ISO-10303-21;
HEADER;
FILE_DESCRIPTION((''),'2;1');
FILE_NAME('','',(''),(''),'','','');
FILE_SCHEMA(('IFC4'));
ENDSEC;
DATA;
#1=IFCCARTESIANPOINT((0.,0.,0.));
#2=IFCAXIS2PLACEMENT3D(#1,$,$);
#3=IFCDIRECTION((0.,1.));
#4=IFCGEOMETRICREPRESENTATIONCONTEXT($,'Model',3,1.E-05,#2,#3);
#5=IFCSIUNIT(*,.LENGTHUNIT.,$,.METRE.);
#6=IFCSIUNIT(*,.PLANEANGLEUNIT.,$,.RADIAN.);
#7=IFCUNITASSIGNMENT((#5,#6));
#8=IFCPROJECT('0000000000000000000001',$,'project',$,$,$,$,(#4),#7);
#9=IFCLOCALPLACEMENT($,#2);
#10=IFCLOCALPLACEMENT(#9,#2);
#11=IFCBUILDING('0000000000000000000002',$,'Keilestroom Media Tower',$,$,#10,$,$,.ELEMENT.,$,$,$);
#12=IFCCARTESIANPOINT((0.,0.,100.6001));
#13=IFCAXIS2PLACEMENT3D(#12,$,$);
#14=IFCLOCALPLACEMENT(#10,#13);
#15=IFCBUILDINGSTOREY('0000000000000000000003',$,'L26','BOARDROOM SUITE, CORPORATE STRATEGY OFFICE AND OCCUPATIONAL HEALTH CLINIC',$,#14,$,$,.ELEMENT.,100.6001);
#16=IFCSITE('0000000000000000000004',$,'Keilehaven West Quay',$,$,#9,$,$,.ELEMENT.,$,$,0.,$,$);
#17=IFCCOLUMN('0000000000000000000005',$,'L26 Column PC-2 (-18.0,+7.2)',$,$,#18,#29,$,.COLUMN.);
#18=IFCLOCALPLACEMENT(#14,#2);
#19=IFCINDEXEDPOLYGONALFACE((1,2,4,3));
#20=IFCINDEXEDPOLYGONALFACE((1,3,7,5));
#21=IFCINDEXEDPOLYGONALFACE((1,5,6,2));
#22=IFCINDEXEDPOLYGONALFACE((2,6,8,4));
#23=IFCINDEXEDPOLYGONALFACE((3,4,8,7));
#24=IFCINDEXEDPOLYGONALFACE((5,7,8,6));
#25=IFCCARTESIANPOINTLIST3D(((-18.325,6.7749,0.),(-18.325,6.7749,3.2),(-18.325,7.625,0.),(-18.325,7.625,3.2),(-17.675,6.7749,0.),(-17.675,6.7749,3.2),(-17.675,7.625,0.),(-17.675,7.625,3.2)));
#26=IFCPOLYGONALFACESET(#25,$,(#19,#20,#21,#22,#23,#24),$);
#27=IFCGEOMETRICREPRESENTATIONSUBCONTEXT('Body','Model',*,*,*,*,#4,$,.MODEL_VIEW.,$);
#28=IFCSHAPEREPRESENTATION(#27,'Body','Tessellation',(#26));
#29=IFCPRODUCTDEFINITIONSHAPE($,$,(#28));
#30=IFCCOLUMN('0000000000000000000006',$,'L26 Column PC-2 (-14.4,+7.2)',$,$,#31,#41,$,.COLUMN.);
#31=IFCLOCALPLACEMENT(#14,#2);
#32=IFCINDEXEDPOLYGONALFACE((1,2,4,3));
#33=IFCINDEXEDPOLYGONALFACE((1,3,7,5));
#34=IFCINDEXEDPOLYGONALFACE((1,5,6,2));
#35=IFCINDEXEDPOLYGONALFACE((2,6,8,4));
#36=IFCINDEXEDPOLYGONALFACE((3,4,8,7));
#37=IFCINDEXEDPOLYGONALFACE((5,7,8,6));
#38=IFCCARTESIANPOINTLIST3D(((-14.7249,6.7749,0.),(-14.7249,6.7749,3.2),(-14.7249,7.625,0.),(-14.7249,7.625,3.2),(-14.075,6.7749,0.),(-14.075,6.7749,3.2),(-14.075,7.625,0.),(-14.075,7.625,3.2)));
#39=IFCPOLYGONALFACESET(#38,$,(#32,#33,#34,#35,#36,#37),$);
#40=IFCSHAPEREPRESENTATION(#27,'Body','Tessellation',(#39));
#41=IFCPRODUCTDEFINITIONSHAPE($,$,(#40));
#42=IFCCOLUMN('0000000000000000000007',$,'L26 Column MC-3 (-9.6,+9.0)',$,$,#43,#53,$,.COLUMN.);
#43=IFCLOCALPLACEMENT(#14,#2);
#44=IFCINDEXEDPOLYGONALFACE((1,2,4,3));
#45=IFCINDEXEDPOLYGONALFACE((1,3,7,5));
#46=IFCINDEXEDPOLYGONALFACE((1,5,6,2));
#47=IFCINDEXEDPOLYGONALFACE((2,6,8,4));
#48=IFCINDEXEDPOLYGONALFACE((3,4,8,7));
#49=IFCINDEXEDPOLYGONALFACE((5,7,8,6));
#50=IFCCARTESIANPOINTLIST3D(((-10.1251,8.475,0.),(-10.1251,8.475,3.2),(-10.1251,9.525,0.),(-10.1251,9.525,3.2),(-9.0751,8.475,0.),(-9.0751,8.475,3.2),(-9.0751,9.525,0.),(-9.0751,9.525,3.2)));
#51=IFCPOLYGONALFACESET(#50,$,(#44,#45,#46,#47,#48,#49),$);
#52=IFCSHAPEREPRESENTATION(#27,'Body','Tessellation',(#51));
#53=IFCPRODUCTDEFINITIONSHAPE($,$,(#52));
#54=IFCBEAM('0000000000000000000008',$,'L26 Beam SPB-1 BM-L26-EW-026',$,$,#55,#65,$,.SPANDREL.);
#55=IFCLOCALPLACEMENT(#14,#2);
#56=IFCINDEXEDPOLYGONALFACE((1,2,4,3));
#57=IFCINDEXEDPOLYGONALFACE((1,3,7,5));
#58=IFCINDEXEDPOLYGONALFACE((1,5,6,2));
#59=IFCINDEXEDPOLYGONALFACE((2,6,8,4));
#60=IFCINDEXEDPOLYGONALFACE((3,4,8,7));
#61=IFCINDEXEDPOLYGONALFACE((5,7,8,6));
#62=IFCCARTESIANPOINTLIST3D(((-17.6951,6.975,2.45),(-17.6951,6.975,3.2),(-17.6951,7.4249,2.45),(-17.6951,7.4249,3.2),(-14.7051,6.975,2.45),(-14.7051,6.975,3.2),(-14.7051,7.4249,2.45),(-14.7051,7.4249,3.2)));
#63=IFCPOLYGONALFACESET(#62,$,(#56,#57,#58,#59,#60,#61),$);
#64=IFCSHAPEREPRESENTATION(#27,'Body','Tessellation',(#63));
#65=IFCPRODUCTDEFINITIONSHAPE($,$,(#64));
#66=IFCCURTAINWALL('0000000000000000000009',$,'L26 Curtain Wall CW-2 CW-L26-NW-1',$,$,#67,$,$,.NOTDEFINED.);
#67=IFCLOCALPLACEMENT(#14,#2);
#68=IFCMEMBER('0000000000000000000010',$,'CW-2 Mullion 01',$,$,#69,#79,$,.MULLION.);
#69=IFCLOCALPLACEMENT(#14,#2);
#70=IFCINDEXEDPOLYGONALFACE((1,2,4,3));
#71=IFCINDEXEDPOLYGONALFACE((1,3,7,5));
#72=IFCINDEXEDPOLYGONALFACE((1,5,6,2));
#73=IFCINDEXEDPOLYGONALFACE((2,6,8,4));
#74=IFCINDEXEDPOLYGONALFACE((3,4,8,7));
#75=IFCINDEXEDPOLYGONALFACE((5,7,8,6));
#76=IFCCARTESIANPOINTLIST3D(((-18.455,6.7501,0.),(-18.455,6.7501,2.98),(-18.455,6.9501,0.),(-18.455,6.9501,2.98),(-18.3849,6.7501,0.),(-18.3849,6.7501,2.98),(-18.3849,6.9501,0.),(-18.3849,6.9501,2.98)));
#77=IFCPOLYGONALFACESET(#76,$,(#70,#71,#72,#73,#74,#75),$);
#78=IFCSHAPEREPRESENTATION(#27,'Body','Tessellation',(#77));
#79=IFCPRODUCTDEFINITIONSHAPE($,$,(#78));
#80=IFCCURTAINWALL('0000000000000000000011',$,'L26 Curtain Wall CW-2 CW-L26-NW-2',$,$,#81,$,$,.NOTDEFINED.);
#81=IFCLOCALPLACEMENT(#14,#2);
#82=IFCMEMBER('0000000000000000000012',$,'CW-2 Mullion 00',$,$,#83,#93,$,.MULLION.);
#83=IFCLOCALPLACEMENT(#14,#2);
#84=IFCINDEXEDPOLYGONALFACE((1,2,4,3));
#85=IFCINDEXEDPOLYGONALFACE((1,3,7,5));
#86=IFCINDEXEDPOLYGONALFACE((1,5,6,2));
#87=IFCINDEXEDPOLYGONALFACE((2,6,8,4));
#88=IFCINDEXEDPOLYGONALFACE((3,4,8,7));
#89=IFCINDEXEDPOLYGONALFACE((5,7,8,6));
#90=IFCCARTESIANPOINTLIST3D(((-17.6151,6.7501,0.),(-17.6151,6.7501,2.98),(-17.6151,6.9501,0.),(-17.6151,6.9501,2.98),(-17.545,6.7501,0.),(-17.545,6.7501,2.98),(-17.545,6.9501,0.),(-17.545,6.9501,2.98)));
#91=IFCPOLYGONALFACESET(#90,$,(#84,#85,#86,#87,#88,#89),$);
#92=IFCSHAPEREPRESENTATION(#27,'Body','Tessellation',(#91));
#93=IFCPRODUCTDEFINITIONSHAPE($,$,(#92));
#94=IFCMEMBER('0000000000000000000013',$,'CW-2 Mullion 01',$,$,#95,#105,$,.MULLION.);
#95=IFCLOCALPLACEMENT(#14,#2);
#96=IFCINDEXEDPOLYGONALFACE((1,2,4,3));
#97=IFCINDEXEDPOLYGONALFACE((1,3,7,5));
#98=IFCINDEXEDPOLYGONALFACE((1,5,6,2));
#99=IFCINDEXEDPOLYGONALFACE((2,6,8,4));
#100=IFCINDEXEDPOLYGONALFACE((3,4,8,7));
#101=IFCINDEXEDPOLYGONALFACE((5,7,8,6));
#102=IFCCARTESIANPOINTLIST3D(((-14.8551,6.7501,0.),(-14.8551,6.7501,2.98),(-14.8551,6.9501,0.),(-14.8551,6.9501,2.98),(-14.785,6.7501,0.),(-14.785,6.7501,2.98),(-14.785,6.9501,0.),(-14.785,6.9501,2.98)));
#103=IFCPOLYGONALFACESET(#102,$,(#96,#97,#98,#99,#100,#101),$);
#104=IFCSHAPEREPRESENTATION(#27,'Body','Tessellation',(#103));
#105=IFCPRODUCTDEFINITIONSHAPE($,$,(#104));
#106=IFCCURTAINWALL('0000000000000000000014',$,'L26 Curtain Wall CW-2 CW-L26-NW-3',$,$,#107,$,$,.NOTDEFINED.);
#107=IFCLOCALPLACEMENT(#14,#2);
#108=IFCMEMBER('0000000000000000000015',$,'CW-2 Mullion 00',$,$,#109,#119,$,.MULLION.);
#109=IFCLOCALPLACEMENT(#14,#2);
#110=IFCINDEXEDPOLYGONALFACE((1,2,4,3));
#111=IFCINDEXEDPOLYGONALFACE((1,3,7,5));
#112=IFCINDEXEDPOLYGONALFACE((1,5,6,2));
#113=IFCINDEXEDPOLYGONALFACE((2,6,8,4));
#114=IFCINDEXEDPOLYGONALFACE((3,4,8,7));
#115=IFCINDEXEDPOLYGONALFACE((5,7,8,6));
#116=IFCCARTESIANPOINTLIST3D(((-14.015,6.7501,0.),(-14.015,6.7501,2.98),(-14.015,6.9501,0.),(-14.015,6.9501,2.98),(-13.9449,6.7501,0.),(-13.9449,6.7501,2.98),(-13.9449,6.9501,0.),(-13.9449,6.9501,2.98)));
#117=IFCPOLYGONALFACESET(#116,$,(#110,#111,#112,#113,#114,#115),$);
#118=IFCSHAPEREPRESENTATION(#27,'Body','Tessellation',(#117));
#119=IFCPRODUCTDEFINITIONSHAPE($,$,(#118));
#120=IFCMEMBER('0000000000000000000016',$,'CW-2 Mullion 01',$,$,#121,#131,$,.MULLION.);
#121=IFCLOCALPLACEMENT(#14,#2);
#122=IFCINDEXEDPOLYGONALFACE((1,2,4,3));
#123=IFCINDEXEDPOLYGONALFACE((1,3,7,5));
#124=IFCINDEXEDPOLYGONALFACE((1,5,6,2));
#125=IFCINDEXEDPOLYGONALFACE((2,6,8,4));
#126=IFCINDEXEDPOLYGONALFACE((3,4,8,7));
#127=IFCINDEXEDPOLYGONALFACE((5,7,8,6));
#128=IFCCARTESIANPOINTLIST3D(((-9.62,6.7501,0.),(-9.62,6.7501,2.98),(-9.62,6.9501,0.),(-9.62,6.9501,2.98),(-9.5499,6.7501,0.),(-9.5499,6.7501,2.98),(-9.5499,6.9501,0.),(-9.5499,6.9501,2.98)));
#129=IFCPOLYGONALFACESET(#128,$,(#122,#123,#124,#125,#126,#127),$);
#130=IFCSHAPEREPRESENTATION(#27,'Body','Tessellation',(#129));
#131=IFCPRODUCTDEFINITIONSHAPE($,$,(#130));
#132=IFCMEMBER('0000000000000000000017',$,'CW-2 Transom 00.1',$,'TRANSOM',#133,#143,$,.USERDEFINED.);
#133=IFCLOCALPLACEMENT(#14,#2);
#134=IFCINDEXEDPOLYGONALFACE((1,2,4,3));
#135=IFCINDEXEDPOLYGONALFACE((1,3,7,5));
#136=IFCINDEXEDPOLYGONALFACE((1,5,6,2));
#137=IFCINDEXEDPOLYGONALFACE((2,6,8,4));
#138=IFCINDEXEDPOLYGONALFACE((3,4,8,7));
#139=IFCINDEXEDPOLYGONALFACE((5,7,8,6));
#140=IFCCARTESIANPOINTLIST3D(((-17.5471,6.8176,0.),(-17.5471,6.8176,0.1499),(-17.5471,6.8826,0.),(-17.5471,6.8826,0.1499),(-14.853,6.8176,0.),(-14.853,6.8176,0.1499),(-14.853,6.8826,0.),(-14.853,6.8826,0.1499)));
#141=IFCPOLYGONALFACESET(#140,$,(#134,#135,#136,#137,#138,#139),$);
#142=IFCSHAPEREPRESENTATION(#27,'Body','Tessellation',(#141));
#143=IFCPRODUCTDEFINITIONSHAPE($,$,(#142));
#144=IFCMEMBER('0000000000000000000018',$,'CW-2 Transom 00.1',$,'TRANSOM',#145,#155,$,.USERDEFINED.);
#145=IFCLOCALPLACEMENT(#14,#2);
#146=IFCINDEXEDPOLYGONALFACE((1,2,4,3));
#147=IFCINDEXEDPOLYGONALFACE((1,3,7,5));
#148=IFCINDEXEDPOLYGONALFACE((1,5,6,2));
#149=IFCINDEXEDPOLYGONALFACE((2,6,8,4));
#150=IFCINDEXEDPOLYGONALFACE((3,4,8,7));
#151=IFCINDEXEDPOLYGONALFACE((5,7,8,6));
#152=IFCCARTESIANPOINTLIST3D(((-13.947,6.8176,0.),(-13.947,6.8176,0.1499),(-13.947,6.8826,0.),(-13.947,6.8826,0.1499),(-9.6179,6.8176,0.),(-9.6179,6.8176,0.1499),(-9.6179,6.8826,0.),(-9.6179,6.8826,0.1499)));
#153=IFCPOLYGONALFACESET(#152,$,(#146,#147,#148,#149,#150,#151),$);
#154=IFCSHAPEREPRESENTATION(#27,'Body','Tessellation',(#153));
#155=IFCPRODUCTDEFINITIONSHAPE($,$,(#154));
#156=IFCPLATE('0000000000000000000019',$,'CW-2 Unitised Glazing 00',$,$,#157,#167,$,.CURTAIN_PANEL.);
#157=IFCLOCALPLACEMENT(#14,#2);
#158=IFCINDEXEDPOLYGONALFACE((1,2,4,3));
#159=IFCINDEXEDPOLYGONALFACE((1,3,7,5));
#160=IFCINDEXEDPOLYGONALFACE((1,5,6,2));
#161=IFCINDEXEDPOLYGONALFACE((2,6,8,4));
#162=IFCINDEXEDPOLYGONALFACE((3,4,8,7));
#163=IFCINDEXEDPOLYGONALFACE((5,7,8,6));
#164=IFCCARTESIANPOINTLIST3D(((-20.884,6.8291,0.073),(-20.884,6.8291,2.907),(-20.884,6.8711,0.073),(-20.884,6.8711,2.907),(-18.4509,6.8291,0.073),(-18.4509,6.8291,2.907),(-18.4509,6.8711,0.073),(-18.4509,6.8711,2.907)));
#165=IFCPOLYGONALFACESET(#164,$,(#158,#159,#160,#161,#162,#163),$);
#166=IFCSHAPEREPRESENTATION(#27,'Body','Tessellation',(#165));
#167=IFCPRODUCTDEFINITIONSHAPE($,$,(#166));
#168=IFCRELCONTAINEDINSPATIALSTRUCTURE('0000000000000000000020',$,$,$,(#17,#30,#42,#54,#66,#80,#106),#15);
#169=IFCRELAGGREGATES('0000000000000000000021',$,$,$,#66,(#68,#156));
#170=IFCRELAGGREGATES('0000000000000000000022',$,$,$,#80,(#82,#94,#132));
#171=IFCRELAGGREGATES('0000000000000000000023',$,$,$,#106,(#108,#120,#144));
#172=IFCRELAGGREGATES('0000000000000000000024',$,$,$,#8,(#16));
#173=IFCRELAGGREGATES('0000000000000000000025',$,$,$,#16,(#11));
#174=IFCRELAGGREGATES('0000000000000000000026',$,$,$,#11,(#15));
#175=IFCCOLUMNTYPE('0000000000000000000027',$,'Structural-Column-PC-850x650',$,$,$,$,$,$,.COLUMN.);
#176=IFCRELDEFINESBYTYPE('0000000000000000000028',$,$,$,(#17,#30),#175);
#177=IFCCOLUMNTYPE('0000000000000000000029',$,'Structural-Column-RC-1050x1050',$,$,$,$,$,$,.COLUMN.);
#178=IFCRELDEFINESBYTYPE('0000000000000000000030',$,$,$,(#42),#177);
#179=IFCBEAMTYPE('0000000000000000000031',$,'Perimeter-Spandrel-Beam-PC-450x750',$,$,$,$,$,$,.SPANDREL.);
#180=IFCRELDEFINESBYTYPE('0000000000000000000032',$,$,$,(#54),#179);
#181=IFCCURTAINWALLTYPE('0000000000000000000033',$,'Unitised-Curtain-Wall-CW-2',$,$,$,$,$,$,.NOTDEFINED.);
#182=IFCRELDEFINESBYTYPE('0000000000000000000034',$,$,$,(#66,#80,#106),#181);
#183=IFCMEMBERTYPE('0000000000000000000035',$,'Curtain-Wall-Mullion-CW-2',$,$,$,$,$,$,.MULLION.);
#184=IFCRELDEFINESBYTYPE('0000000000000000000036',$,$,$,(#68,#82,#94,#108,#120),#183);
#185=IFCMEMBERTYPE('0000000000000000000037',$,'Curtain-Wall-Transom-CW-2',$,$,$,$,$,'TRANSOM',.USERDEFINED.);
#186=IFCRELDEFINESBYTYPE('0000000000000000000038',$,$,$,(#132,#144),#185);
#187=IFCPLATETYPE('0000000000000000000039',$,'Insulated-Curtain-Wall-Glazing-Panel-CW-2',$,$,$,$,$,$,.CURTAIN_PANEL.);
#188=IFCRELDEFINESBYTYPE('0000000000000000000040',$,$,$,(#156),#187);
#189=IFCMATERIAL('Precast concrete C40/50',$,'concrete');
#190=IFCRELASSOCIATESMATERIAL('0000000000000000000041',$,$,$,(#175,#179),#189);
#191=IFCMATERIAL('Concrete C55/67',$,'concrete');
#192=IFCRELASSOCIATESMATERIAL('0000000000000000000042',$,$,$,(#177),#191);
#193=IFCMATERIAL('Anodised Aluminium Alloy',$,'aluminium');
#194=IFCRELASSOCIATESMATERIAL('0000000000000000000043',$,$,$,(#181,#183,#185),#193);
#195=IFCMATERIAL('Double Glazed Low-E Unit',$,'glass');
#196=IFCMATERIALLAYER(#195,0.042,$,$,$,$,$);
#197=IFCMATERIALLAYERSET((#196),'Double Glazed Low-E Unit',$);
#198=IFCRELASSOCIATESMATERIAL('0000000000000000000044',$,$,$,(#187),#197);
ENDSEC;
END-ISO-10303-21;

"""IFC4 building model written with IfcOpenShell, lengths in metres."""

from ifc_helpers import new_model, si_unit, direction, frame, origin, origin_2d, place, context, subcontext, project, spatial, rectangle, extrude, source, transform, mapped, material, layer, layer_set, material_profile, profile_set, type_object, element, aggregate, save


model = new_model("IFC4")

# Units and contexts
model_context = context("Model", 3, precision=1e-05, world=origin(), true_north=direction((0.0, 1.0)))
body_context = subcontext(model_context, "Body", "Model", "MODEL_VIEW")
ifc_project = project(units=[si_unit("LENGTHUNIT", "METRE"), si_unit("PLANEANGLEUNIT", "RADIAN")], contexts=[model_context])

# Site, building, storey
site_placement = place(None, origin())
site = spatial("IfcSite", under=ifc_project, at=site_placement, Name="Keilehaven West Quay", CompositionType="ELEMENT", RefElevation=0.0)
building_placement = place(site_placement, origin())
building = spatial("IfcBuilding", under=site, at=building_placement, Name="Keilestroom Media Tower", CompositionType="ELEMENT")
storey_placement = place(building_placement, frame((0.0, 0.0, 100.6001)))
storey = spatial("IfcBuildingStorey", under=building, at=storey_placement, Name="L26", Description="BOARDROOM SUITE, CORPORATE STRATEGY OFFICE AND OCCUPATIONAL HEALTH CLINIC", CompositionType="ELEMENT", Elevation=100.6001)

# Columns
ifc_material_1 = material(Name="Precast concrete C40/50", Category="concrete")
ifc_material_profile_1 = material_profile(ifc_material_1, rectangle(XDim=0.6499, YDim=0.8501, at=origin_2d()), Name="PC 850x650")
ifc_profile_set_1 = profile_set([ifc_material_profile_1], Name="Precast concrete C40/50")
column_type_1 = type_object("IfcColumnType", Name="Structural-Column-PC-850x650", PredefinedType="COLUMN", material=ifc_profile_set_1)
shared_shape_1 = source(origin(), body_context, "Body", "SweptSolid", [
    extrude(rectangle(XDim=0.6499, YDim=0.8501, at=origin_2d()), origin(), (0.0, 0.0, 1.0), 3.2),
])
for number, where, z_axis, x_axis, name in (
    (1, (-18.0, 7.2, 0.0), (0.0, 0.0, 1.0), (1.0, 0.0, 0.0), "L26 Column PC-2 (-18.0,+7.2)"),
    (2, (-14.3999, 7.2, 0.0), (0.0, 0.0, 1.0), (1.0, 0.0, 0.0), "L26 Column PC-2 (-14.4,+7.2)"),
):
    element("IfcColumn", number, at=place(storey_placement, frame(where, z_axis=z_axis, x_axis=x_axis)), inside=storey, type_object=column_type_1, Name=name, PredefinedType="COLUMN", context=body_context, shape_type="MappedRepresentation", body=[
        mapped(shared_shape_1, transform((0.0, 0.0, 0.0), x_axis=(1.0, 0.0, 0.0), y_axis=(0.0, 1.0, 0.0), z_axis=(0.0, 0.0, 1.0), scale=1.0)),
    ])
ifc_material_2 = material(Name="Concrete C55/67", Category="concrete")
ifc_material_profile_2 = material_profile(ifc_material_2, rectangle(XDim=1.05, YDim=1.05, at=origin_2d()), Name="RC 1050x1050")
ifc_profile_set_2 = profile_set([ifc_material_profile_2], Name="Concrete C55/67")
column_type_2 = type_object("IfcColumnType", Name="Structural-Column-RC-1050x1050", PredefinedType="COLUMN", material=ifc_profile_set_2)
shared_shape_2 = source(origin(), body_context, "Body", "SweptSolid", [
    extrude(rectangle(XDim=1.05, YDim=1.05, at=origin_2d()), origin(), (0.0, 0.0, 1.0), 3.2),
])
column_placement = place(storey_placement, frame((-9.6001, 9.0, 0.0), z_axis=(0.0, 0.0, 1.0), x_axis=(1.0, 0.0, 0.0)))
element("IfcColumn", 3, at=column_placement, inside=storey, type_object=column_type_2, Name="L26 Column MC-3 (-9.6,+9.0)", PredefinedType="COLUMN", context=body_context, shape_type="MappedRepresentation", body=[
    mapped(shared_shape_2, transform((0.0, 0.0, 0.0), x_axis=(1.0, 0.0, 0.0), y_axis=(0.0, 1.0, 0.0), z_axis=(0.0, 0.0, 1.0), scale=1.0)),
])

# Beam
ifc_material_profile_3 = material_profile(ifc_material_1, rectangle(XDim=0.45, YDim=0.75, at=origin_2d()), Name="PC 450x750")
ifc_profile_set_3 = profile_set([ifc_material_profile_3], Name="Precast concrete C40/50")
beam_type = type_object("IfcBeamType", Name="Perimeter-Spandrel-Beam-PC-450x750", PredefinedType="SPANDREL", material=ifc_profile_set_3)
shared_shape_3 = source(origin(), body_context, "Body", "SweptSolid", [
    extrude(rectangle(XDim=0.45, YDim=0.75, at=origin_2d()), origin(), (0.0, 0.0, 1.0), 2.99),
])
beam_placement = place(storey_placement, frame((-17.6951, 7.2, 2.825), z_axis=(1.0, 0.0, 0.0), x_axis=(0.0, 1.0, 0.0)))
element("IfcBeam", 4, at=beam_placement, inside=storey, type_object=beam_type, Name="L26 Beam SPB-1 BM-L26-EW-026", PredefinedType="SPANDREL", context=body_context, shape_type="MappedRepresentation", body=[
    mapped(shared_shape_3, transform((0.0, 0.0, 0.0), x_axis=(1.0, 0.0, 0.0), y_axis=(0.0, 1.0, 0.0), z_axis=(0.0, 0.0, 1.0), scale=1.0)),
])

# Curtain wall, member
ifc_material_3 = material(Name="Anodised Aluminium Alloy", Category="aluminium")
curtain_wall_type = type_object("IfcCurtainWallType", Name="Unitised-Curtain-Wall-CW-2", PredefinedType="NOTDEFINED", material=ifc_material_3)
curtain_wall_1_placement = place(storey_placement, origin())
curtain_wall_1 = element("IfcCurtainWall", 5, at=curtain_wall_1_placement, inside=storey, type_object=curtain_wall_type, Name="L26 Curtain Wall CW-2 CW-L26-NW-1", PredefinedType="NOTDEFINED")
ifc_material_profile_4 = material_profile(ifc_material_3, rectangle(XDim=0.0701, YDim=0.2, at=origin_2d()), Name="ALU MULLION 70x200")
ifc_profile_set_4 = profile_set([ifc_material_profile_4], Name="Anodised Aluminium Alloy")
member_type_1 = type_object("IfcMemberType", Name="Curtain-Wall-Mullion-CW-2", PredefinedType="MULLION", material=ifc_profile_set_4)
shared_shape_4 = source(origin(), body_context, "Body", "SweptSolid", [
    extrude(rectangle(XDim=0.0701, YDim=0.2, at=origin_2d()), origin(), (0.0, 0.0, 1.0), 2.98),
])
member_1_placement = place(storey_placement, frame((-18.4199, 6.8501, 0.0), z_axis=(0.0, 0.0, 1.0), x_axis=(1.0, 0.0, 0.0)))
member_1 = element("IfcMember", 6, at=member_1_placement, type_object=member_type_1, Name="CW-2 Mullion 01", PredefinedType="MULLION", context=body_context, shape_type="MappedRepresentation", body=[
    mapped(shared_shape_4, transform((0.0, 0.0, 0.0), x_axis=(1.0, 0.0, 0.0), y_axis=(0.0, 1.0, 0.0), z_axis=(0.0, 0.0, 1.0), scale=1.0)),
])

# Curtain walls, members
curtain_wall_2_placement = place(storey_placement, origin())
curtain_wall_2 = element("IfcCurtainWall", 7, at=curtain_wall_2_placement, inside=storey, type_object=curtain_wall_type, Name="L26 Curtain Wall CW-2 CW-L26-NW-2", PredefinedType="NOTDEFINED")
member_2_placement = place(storey_placement, frame((-17.5801, 6.8501, 0.0), z_axis=(0.0, 0.0, 1.0), x_axis=(1.0, 0.0, 0.0)))
member_2 = element("IfcMember", 8, at=member_2_placement, type_object=member_type_1, Name="CW-2 Mullion 00", PredefinedType="MULLION", context=body_context, shape_type="MappedRepresentation", body=[
    mapped(shared_shape_4, transform((0.0, 0.0, 0.0), x_axis=(1.0, 0.0, 0.0), y_axis=(0.0, 1.0, 0.0), z_axis=(0.0, 0.0, 1.0), scale=1.0)),
])
member_3_placement = place(storey_placement, frame((-14.8201, 6.8501, 0.0), z_axis=(0.0, 0.0, 1.0), x_axis=(1.0, 0.0, 0.0)))
member_3 = element("IfcMember", 9, at=member_3_placement, type_object=member_type_1, Name="CW-2 Mullion 01", PredefinedType="MULLION", context=body_context, shape_type="MappedRepresentation", body=[
    mapped(shared_shape_4, transform((0.0, 0.0, 0.0), x_axis=(1.0, 0.0, 0.0), y_axis=(0.0, 1.0, 0.0), z_axis=(0.0, 0.0, 1.0), scale=1.0)),
])
curtain_wall_3_placement = place(storey_placement, origin())
curtain_wall_3 = element("IfcCurtainWall", 10, at=curtain_wall_3_placement, inside=storey, type_object=curtain_wall_type, Name="L26 Curtain Wall CW-2 CW-L26-NW-3", PredefinedType="NOTDEFINED")
member_4_placement = place(storey_placement, frame((-13.98, 6.8501, 0.0), z_axis=(0.0, 0.0, 1.0), x_axis=(1.0, 0.0, 0.0)))
member_4 = element("IfcMember", 11, at=member_4_placement, type_object=member_type_1, Name="CW-2 Mullion 00", PredefinedType="MULLION", context=body_context, shape_type="MappedRepresentation", body=[
    mapped(shared_shape_4, transform((0.0, 0.0, 0.0), x_axis=(1.0, 0.0, 0.0), y_axis=(0.0, 1.0, 0.0), z_axis=(0.0, 0.0, 1.0), scale=1.0)),
])
member_5_placement = place(storey_placement, frame((-9.585, 6.8501, 0.0), z_axis=(0.0, 0.0, 1.0), x_axis=(1.0, 0.0, 0.0)))
member_5 = element("IfcMember", 12, at=member_5_placement, type_object=member_type_1, Name="CW-2 Mullion 01", PredefinedType="MULLION", context=body_context, shape_type="MappedRepresentation", body=[
    mapped(shared_shape_4, transform((0.0, 0.0, 0.0), x_axis=(1.0, 0.0, 0.0), y_axis=(0.0, 1.0, 0.0), z_axis=(0.0, 0.0, 1.0), scale=1.0)),
])

# Members
ifc_material_profile_5 = material_profile(ifc_material_3, rectangle(XDim=0.0649, YDim=0.1499, at=origin_2d()), Name="ALU TRANSOM 65x150")
ifc_profile_set_5 = profile_set([ifc_material_profile_5], Name="Anodised Aluminium Alloy")
member_type_2 = type_object("IfcMemberType", Name="Curtain-Wall-Transom-CW-2", ElementType="TRANSOM", PredefinedType="USERDEFINED", material=ifc_profile_set_5)
shared_shape_5 = source(origin(), body_context, "Body", "SweptSolid", [
    extrude(rectangle(XDim=0.0649, YDim=0.1499, at=origin_2d()), origin(), (0.0, 0.0, 1.0), 2.6941),
])
member_6_placement = place(storey_placement, frame((-17.5471, 6.8501, 0.075), z_axis=(1.0, 0.0, 0.0), x_axis=(0.0, 1.0, 0.0)))
member_6 = element("IfcMember", 13, at=member_6_placement, type_object=member_type_2, Name="CW-2 Transom 00.1", ObjectType="TRANSOM", PredefinedType="USERDEFINED", context=body_context, shape_type="MappedRepresentation", body=[
    mapped(shared_shape_5, transform((0.0, 0.0, 0.0), x_axis=(1.0, 0.0, 0.0), y_axis=(0.0, 1.0, 0.0), z_axis=(0.0, 0.0, 1.0), scale=1.0)),
])
shared_shape_6 = source(origin(), body_context, "Body", "SweptSolid", [
    extrude(rectangle(XDim=0.0649, YDim=0.1499, at=origin_2d()), origin(), (0.0, 0.0, 1.0), 4.3291),
])
member_7_placement = place(storey_placement, frame((-13.947, 6.8501, 0.075), z_axis=(1.0, 0.0, 0.0), x_axis=(0.0, 1.0, 0.0)))
member_7 = element("IfcMember", 14, at=member_7_placement, type_object=member_type_2, Name="CW-2 Transom 00.1", ObjectType="TRANSOM", PredefinedType="USERDEFINED", context=body_context, shape_type="MappedRepresentation", body=[
    mapped(shared_shape_6, transform((0.0, 0.0, 0.0), x_axis=(1.0, 0.0, 0.0), y_axis=(0.0, 1.0, 0.0), z_axis=(0.0, 0.0, 1.0), scale=1.0)),
])

# Plate
ifc_material_4 = material(Name="Double Glazed Low-E Unit", Category="glass")
ifc_layer_1 = layer(ifc_material_4, 0.042)
ifc_layer_set_1 = layer_set([ifc_layer_1], Name="Double Glazed Low-E Unit")
plate_type = type_object("IfcPlateType", Name="Insulated-Curtain-Wall-Glazing-Panel-CW-2", PredefinedType="CURTAIN_PANEL", material=ifc_layer_set_1)
shared_shape_7 = source(origin(), body_context, "Body", "SweptSolid", [
    extrude(rectangle(XDim=2.4331, YDim=0.042, at=origin_2d()), origin(), (0.0, 0.0, 1.0), 2.834),
])
plate_1_placement = place(storey_placement, frame((-19.6675, 6.8501, 0.073), z_axis=(0.0, 0.0, 1.0), x_axis=(1.0, 0.0, 0.0)))
plate_1 = element("IfcPlate", 15, at=plate_1_placement, type_object=plate_type, Name="CW-2 Unitised Glazing 00", PredefinedType="CURTAIN_PANEL", context=body_context, shape_type="MappedRepresentation", body=[
    mapped(shared_shape_7, transform((0.0, 0.0, 0.0), x_axis=(1.0, 0.0, 0.0), y_axis=(0.0, 1.0, 0.0), z_axis=(0.0, 0.0, 1.0), scale=1.0)),
])
aggregate(curtain_wall_1, [member_1, plate_1])
aggregate(curtain_wall_2, [member_2, member_3, member_6])
aggregate(curtain_wall_3, [member_4, member_5, member_7])

save(model, "model.ifc")
